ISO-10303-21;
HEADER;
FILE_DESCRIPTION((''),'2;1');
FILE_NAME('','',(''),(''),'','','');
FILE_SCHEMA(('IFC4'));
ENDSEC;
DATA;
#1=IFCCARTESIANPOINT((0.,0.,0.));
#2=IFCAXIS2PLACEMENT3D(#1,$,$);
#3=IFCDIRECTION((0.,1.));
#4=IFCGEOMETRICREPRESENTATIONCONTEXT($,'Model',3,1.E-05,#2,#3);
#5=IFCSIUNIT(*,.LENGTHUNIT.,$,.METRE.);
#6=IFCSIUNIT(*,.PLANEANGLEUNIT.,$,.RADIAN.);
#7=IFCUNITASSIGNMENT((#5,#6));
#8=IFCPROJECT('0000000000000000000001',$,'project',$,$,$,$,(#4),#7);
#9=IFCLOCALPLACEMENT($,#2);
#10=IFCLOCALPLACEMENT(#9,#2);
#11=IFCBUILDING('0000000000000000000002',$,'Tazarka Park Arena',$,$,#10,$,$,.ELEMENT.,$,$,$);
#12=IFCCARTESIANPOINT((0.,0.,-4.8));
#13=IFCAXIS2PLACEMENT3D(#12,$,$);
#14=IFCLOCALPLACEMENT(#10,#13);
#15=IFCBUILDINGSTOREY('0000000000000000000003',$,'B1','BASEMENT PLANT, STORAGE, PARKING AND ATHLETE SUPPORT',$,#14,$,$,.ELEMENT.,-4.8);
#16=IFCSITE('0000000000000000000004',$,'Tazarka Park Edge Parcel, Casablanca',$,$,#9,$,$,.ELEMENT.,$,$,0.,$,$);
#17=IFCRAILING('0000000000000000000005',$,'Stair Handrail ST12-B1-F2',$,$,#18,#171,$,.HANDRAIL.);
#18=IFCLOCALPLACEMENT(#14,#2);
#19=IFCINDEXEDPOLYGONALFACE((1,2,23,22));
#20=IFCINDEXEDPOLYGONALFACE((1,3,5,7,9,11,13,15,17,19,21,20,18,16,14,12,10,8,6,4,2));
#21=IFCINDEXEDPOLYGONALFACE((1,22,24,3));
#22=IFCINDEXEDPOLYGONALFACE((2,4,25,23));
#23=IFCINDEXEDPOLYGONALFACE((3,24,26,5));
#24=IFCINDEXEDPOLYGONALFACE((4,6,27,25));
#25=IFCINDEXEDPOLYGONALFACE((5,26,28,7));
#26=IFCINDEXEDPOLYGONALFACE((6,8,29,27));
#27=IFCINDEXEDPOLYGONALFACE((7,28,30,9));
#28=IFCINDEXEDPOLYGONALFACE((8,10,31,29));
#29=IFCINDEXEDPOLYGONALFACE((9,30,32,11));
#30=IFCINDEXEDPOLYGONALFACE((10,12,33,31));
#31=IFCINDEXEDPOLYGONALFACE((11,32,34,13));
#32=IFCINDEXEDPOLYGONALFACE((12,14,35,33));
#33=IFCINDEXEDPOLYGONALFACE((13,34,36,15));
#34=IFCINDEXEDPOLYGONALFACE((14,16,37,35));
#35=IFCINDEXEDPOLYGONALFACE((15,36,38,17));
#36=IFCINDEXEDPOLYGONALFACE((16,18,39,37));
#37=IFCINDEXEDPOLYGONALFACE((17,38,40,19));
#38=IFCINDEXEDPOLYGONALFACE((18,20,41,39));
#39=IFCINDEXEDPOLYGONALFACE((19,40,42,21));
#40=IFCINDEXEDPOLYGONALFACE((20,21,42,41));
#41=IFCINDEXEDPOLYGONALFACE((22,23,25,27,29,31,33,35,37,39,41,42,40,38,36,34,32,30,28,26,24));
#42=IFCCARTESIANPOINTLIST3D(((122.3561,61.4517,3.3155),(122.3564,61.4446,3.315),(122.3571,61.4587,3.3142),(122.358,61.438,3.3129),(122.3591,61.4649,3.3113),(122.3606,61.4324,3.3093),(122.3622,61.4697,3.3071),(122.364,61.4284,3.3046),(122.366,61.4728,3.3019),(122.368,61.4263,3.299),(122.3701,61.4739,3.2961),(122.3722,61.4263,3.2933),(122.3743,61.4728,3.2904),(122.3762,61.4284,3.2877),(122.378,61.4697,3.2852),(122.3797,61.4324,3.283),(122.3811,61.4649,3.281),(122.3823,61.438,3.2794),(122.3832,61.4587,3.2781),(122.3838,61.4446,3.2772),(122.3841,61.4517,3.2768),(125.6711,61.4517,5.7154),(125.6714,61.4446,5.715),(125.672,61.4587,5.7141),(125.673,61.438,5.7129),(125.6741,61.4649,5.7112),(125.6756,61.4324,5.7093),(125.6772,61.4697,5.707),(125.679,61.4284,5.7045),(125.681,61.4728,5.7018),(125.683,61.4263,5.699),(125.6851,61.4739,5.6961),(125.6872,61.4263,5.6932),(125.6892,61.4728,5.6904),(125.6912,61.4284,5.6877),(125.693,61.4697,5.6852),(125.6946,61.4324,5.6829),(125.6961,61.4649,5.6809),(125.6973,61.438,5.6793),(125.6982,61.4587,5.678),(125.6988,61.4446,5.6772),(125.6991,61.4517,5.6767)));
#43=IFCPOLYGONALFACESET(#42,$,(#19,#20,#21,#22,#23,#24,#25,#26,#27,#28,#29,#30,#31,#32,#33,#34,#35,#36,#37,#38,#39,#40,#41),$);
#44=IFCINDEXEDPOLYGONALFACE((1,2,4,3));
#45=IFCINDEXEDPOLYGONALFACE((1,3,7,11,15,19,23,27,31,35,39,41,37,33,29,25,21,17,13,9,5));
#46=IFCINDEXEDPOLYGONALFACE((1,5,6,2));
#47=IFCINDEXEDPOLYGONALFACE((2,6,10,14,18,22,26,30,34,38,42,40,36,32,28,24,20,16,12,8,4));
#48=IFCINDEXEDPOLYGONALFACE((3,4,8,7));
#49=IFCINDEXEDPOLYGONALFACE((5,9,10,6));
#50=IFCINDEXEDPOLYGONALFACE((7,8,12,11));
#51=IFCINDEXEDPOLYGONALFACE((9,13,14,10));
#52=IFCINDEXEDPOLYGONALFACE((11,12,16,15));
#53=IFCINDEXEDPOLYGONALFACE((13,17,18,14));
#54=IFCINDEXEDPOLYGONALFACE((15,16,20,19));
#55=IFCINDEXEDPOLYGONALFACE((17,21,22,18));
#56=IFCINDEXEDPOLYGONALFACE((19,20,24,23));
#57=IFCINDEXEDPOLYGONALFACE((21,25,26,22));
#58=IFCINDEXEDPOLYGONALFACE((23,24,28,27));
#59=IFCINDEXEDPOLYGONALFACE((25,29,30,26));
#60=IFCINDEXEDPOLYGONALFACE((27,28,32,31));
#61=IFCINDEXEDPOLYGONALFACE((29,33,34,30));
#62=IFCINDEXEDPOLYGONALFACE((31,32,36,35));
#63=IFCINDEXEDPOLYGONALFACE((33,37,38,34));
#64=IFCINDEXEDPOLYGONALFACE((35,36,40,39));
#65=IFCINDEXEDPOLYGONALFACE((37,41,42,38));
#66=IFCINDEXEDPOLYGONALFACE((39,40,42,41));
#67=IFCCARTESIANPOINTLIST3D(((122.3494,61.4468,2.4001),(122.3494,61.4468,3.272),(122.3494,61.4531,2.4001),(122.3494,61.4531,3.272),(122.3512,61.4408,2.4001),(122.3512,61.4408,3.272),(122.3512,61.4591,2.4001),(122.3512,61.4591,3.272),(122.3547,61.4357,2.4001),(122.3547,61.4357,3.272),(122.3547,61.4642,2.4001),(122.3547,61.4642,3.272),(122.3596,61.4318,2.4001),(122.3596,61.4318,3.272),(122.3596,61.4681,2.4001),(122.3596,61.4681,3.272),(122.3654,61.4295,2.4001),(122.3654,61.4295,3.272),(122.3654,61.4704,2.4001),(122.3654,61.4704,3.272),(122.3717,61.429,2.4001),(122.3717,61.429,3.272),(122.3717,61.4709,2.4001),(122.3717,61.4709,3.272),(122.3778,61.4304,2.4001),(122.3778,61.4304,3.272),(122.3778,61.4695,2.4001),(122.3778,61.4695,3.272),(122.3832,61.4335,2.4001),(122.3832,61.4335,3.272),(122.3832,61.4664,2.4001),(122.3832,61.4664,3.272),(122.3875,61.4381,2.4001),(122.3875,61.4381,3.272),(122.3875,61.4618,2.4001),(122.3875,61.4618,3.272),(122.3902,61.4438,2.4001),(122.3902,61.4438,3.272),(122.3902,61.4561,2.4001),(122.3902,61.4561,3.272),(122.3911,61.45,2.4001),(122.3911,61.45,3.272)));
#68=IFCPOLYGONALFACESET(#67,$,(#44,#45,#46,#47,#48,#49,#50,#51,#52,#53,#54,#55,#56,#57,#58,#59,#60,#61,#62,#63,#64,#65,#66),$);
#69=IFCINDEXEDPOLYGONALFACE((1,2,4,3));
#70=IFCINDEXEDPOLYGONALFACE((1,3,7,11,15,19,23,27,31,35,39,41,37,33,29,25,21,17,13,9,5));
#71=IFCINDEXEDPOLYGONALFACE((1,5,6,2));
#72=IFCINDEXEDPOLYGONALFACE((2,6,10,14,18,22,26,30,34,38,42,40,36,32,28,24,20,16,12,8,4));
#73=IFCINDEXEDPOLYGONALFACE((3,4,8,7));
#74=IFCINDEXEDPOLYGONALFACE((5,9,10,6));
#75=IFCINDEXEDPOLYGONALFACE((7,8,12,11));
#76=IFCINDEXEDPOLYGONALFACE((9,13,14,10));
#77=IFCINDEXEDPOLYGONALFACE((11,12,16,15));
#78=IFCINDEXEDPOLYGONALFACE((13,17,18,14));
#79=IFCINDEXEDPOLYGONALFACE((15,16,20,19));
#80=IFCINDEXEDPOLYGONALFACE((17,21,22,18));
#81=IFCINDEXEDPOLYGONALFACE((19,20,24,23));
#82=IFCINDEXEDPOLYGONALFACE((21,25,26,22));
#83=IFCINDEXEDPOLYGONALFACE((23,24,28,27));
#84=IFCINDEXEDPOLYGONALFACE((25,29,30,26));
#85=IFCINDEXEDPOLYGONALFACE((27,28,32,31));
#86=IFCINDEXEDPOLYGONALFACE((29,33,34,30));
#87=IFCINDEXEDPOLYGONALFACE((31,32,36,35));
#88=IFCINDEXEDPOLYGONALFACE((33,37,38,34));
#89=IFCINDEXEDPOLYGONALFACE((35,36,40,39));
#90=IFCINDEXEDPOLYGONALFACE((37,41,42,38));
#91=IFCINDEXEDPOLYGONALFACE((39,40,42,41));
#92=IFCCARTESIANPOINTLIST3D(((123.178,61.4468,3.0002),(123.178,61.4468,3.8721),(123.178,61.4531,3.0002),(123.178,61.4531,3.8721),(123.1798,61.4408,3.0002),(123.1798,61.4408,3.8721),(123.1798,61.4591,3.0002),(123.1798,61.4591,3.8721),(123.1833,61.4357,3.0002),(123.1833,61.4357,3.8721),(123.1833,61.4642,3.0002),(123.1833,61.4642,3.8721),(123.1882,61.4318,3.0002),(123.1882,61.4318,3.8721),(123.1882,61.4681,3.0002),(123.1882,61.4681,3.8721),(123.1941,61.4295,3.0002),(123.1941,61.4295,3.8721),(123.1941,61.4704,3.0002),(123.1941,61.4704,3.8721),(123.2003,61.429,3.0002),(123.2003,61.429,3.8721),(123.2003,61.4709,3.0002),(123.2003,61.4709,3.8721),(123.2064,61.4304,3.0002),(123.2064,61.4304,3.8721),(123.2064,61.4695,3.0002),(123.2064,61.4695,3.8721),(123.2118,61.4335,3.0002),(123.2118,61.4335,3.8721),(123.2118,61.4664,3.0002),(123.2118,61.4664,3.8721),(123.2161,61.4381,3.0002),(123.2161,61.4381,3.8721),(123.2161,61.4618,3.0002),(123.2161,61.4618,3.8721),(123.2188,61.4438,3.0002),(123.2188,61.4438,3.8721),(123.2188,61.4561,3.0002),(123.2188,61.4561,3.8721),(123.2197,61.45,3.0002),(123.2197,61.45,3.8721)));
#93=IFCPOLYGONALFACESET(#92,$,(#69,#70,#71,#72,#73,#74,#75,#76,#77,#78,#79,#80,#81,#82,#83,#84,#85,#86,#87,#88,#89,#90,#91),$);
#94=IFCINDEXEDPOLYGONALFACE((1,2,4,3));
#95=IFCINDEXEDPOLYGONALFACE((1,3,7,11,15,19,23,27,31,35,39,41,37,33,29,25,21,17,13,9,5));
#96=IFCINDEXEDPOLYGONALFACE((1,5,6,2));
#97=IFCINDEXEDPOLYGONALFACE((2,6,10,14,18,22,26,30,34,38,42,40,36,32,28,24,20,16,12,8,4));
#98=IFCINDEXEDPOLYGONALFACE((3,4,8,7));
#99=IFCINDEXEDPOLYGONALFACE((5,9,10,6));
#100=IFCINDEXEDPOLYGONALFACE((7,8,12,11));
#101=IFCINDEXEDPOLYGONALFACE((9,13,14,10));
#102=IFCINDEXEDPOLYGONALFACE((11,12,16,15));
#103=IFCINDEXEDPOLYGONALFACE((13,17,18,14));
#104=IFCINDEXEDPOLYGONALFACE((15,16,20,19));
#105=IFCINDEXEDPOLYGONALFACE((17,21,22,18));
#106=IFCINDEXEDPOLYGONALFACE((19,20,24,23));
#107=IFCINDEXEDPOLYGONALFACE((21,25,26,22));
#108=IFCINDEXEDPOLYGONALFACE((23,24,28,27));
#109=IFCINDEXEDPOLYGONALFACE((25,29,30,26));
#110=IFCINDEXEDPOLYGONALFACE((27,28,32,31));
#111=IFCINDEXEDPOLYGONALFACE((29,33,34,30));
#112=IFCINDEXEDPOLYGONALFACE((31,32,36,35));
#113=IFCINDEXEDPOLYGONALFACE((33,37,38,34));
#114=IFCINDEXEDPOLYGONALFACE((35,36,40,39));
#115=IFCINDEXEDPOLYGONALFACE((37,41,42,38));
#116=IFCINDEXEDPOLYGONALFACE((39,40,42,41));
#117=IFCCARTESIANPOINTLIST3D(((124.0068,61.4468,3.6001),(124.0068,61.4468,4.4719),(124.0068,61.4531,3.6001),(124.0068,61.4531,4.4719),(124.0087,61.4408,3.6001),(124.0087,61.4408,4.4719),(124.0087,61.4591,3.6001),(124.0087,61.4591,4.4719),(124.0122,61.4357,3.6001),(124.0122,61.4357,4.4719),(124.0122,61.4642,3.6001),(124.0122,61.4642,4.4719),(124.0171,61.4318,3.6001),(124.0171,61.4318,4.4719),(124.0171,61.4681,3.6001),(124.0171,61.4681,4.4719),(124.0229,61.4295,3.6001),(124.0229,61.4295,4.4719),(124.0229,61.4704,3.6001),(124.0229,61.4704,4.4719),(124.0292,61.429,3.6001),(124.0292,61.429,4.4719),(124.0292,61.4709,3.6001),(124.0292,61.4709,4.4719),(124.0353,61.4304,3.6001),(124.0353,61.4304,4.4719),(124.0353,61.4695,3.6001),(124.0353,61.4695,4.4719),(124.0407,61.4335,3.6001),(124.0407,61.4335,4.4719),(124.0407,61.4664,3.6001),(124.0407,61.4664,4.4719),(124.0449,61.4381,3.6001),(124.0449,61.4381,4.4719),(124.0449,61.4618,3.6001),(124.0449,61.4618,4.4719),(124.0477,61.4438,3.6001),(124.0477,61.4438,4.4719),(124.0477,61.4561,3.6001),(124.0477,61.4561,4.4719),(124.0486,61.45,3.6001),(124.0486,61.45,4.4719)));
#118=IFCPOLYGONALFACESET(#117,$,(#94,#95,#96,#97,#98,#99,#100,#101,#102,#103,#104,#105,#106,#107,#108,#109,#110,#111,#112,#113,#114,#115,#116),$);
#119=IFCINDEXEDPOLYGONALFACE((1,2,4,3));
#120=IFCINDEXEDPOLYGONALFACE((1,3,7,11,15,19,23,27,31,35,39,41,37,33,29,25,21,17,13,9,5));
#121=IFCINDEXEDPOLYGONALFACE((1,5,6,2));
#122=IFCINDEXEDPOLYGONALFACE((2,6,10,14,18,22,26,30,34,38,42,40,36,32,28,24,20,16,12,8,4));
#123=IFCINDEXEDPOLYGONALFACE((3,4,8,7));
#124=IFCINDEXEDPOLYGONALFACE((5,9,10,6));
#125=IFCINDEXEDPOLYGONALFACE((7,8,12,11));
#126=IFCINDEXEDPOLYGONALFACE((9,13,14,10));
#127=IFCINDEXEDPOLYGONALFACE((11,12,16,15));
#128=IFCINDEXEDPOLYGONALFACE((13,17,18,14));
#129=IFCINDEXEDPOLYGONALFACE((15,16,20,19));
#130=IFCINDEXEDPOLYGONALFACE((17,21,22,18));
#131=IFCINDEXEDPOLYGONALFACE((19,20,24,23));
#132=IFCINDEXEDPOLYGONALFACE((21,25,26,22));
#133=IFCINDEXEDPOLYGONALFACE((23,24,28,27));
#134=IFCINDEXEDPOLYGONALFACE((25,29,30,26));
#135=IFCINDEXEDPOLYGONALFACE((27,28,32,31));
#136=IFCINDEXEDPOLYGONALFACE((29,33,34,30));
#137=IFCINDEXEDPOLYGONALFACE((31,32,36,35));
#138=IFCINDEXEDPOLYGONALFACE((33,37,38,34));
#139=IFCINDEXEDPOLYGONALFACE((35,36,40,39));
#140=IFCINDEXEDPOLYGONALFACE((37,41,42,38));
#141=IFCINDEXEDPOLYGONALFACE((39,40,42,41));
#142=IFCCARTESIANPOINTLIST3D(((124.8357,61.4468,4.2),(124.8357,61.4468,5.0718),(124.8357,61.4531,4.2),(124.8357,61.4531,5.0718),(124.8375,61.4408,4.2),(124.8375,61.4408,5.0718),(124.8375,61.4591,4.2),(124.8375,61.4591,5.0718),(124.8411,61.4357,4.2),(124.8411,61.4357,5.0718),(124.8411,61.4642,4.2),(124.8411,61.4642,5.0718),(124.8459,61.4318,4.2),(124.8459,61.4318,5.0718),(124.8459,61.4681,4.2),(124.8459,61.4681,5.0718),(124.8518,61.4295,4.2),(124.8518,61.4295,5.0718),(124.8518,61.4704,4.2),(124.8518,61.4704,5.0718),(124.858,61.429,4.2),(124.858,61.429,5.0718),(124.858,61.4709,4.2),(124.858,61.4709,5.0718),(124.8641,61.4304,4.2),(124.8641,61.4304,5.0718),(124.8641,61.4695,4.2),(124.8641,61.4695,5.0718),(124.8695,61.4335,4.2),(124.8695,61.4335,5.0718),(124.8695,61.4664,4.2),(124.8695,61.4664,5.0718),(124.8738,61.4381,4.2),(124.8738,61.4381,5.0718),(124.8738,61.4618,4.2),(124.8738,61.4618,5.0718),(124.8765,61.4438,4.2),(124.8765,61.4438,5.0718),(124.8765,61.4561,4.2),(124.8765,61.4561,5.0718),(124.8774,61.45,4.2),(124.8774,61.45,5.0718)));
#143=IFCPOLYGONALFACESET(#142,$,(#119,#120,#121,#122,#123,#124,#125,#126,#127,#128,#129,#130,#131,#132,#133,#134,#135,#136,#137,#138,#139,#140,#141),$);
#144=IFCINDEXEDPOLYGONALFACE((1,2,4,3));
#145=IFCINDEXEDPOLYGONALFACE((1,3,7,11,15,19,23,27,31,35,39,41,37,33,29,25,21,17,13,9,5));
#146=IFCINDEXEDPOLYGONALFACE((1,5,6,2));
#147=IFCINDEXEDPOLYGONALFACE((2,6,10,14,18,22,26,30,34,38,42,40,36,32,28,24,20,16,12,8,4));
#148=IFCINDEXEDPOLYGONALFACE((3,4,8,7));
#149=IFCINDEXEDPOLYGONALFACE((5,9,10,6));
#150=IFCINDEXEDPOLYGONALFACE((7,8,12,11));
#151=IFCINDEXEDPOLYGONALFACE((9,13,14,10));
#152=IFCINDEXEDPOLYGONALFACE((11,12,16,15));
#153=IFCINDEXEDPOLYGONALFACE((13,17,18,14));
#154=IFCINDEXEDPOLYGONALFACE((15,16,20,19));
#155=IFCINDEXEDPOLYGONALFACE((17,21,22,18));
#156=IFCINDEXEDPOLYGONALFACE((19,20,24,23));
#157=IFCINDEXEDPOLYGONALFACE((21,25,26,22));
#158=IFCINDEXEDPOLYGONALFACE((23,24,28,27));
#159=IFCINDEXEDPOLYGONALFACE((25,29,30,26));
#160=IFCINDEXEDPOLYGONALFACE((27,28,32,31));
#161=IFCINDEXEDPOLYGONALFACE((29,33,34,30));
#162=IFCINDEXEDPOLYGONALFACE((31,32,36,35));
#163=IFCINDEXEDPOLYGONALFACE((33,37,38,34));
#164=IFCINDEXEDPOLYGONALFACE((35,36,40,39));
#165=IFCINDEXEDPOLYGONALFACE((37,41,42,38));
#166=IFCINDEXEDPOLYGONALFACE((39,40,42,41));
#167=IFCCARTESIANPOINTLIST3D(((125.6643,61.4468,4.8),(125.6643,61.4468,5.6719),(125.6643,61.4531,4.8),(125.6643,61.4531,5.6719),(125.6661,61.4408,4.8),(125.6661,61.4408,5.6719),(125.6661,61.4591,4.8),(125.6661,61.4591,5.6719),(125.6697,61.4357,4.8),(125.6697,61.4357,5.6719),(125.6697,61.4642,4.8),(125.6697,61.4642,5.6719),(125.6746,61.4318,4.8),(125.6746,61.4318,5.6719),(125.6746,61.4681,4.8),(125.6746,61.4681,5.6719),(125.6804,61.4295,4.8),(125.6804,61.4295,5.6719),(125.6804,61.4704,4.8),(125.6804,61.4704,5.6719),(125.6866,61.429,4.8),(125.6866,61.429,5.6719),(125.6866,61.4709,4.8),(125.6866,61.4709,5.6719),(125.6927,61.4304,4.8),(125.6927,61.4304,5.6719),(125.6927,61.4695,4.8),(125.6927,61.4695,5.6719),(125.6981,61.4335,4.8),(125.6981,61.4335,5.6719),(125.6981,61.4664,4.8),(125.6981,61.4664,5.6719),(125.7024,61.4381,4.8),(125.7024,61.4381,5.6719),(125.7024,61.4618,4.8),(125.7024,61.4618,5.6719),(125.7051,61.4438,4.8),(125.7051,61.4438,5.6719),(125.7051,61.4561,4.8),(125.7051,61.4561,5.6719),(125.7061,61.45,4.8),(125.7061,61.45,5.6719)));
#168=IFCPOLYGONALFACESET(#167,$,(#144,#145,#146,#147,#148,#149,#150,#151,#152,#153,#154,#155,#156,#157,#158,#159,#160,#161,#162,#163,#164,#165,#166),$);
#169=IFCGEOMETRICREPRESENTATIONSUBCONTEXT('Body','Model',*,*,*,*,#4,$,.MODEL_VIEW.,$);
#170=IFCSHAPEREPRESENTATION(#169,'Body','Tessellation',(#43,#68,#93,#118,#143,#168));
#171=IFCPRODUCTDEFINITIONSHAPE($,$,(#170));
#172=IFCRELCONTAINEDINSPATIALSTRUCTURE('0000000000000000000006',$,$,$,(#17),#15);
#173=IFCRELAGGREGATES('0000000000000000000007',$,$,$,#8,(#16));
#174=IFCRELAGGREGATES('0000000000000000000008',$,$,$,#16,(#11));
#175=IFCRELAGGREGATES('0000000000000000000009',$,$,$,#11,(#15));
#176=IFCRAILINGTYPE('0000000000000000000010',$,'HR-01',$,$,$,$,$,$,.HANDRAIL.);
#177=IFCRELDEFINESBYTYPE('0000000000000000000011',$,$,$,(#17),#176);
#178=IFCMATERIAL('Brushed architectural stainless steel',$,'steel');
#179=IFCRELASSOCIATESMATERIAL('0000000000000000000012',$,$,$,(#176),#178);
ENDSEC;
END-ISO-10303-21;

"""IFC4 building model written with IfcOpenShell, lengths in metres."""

from ifc_helpers import new_model, si_unit, direction, frame, origin, origin_2d, place, context, subcontext, project, spatial, circle, extrude, material, type_object, element, save


model = new_model("IFC4")

# Units and contexts
model_context = context("Model", 3, precision=1e-05, world=origin(), true_north=direction((0.0, 1.0)))
body_context = subcontext(model_context, "Body", "Model", "MODEL_VIEW")
ifc_project = project(units=[si_unit("LENGTHUNIT", "METRE"), si_unit("PLANEANGLEUNIT", "RADIAN")], contexts=[model_context])

# Site, building, storey
site_placement = place(None, origin())
site = spatial("IfcSite", under=ifc_project, at=site_placement, Name="Tazarka Park Edge Parcel, Casablanca", CompositionType="ELEMENT", RefElevation=0.0)
building_placement = place(site_placement, origin())
building = spatial("IfcBuilding", under=site, at=building_placement, Name="Tazarka Park Arena", CompositionType="ELEMENT")
storey_placement = place(building_placement, frame((0.0, 0.0, -4.8)))
storey = spatial("IfcBuildingStorey", under=building, at=storey_placement, Name="B1", Description="BASEMENT PLANT, STORAGE, PARKING AND ATHLETE SUPPORT", CompositionType="ELEMENT", Elevation=-4.8)

# Railing
ifc_material_1 = material(Name="Brushed architectural stainless steel", Category="steel")
railing_type_1 = type_object("IfcRailingType", Name="HR-01", PredefinedType="HANDRAIL", material=ifc_material_1)
railing_1_placement = place(storey_placement, frame((122.3701, 61.45, 2.4001)))
element("IfcRailing", 1, at=railing_1_placement, inside=storey, type_object=railing_type_1, Name="Stair Handrail ST12-B1-F2", PredefinedType="HANDRAIL", context=body_context, shape_type="SweptSolid", body=[
    extrude(circle(Radius=0.0239, at=origin_2d()), frame((0.0, 0.0, 0.896), z_axis=(0.810009, 0.0, 0.586418), x_axis=(0.0, 1.0, 0.0)), (0.0, 0.0, 1.0), 4.0925),
    extrude(circle(Radius=0.021, at=origin_2d()), origin(), (0.0, 0.0, 1.0), 0.8718),
    extrude(circle(Radius=0.021, at=origin_2d()), frame((0.8286, 0.0, 0.6001)), (0.0, 0.0, 1.0), 0.8718),
    extrude(circle(Radius=0.021, at=origin_2d()), frame((1.6575, 0.0, 1.2)), (0.0, 0.0, 1.0), 0.8718),
    extrude(circle(Radius=0.021, at=origin_2d()), frame((2.4863, 0.0, 1.7998)), (0.0, 0.0, 1.0), 0.8718),
    extrude(circle(Radius=0.021, at=origin_2d()), frame((3.3149, 0.0, 2.3999)), (0.0, 0.0, 1.0), 0.8718),
])

save(model, "model.ifc")
